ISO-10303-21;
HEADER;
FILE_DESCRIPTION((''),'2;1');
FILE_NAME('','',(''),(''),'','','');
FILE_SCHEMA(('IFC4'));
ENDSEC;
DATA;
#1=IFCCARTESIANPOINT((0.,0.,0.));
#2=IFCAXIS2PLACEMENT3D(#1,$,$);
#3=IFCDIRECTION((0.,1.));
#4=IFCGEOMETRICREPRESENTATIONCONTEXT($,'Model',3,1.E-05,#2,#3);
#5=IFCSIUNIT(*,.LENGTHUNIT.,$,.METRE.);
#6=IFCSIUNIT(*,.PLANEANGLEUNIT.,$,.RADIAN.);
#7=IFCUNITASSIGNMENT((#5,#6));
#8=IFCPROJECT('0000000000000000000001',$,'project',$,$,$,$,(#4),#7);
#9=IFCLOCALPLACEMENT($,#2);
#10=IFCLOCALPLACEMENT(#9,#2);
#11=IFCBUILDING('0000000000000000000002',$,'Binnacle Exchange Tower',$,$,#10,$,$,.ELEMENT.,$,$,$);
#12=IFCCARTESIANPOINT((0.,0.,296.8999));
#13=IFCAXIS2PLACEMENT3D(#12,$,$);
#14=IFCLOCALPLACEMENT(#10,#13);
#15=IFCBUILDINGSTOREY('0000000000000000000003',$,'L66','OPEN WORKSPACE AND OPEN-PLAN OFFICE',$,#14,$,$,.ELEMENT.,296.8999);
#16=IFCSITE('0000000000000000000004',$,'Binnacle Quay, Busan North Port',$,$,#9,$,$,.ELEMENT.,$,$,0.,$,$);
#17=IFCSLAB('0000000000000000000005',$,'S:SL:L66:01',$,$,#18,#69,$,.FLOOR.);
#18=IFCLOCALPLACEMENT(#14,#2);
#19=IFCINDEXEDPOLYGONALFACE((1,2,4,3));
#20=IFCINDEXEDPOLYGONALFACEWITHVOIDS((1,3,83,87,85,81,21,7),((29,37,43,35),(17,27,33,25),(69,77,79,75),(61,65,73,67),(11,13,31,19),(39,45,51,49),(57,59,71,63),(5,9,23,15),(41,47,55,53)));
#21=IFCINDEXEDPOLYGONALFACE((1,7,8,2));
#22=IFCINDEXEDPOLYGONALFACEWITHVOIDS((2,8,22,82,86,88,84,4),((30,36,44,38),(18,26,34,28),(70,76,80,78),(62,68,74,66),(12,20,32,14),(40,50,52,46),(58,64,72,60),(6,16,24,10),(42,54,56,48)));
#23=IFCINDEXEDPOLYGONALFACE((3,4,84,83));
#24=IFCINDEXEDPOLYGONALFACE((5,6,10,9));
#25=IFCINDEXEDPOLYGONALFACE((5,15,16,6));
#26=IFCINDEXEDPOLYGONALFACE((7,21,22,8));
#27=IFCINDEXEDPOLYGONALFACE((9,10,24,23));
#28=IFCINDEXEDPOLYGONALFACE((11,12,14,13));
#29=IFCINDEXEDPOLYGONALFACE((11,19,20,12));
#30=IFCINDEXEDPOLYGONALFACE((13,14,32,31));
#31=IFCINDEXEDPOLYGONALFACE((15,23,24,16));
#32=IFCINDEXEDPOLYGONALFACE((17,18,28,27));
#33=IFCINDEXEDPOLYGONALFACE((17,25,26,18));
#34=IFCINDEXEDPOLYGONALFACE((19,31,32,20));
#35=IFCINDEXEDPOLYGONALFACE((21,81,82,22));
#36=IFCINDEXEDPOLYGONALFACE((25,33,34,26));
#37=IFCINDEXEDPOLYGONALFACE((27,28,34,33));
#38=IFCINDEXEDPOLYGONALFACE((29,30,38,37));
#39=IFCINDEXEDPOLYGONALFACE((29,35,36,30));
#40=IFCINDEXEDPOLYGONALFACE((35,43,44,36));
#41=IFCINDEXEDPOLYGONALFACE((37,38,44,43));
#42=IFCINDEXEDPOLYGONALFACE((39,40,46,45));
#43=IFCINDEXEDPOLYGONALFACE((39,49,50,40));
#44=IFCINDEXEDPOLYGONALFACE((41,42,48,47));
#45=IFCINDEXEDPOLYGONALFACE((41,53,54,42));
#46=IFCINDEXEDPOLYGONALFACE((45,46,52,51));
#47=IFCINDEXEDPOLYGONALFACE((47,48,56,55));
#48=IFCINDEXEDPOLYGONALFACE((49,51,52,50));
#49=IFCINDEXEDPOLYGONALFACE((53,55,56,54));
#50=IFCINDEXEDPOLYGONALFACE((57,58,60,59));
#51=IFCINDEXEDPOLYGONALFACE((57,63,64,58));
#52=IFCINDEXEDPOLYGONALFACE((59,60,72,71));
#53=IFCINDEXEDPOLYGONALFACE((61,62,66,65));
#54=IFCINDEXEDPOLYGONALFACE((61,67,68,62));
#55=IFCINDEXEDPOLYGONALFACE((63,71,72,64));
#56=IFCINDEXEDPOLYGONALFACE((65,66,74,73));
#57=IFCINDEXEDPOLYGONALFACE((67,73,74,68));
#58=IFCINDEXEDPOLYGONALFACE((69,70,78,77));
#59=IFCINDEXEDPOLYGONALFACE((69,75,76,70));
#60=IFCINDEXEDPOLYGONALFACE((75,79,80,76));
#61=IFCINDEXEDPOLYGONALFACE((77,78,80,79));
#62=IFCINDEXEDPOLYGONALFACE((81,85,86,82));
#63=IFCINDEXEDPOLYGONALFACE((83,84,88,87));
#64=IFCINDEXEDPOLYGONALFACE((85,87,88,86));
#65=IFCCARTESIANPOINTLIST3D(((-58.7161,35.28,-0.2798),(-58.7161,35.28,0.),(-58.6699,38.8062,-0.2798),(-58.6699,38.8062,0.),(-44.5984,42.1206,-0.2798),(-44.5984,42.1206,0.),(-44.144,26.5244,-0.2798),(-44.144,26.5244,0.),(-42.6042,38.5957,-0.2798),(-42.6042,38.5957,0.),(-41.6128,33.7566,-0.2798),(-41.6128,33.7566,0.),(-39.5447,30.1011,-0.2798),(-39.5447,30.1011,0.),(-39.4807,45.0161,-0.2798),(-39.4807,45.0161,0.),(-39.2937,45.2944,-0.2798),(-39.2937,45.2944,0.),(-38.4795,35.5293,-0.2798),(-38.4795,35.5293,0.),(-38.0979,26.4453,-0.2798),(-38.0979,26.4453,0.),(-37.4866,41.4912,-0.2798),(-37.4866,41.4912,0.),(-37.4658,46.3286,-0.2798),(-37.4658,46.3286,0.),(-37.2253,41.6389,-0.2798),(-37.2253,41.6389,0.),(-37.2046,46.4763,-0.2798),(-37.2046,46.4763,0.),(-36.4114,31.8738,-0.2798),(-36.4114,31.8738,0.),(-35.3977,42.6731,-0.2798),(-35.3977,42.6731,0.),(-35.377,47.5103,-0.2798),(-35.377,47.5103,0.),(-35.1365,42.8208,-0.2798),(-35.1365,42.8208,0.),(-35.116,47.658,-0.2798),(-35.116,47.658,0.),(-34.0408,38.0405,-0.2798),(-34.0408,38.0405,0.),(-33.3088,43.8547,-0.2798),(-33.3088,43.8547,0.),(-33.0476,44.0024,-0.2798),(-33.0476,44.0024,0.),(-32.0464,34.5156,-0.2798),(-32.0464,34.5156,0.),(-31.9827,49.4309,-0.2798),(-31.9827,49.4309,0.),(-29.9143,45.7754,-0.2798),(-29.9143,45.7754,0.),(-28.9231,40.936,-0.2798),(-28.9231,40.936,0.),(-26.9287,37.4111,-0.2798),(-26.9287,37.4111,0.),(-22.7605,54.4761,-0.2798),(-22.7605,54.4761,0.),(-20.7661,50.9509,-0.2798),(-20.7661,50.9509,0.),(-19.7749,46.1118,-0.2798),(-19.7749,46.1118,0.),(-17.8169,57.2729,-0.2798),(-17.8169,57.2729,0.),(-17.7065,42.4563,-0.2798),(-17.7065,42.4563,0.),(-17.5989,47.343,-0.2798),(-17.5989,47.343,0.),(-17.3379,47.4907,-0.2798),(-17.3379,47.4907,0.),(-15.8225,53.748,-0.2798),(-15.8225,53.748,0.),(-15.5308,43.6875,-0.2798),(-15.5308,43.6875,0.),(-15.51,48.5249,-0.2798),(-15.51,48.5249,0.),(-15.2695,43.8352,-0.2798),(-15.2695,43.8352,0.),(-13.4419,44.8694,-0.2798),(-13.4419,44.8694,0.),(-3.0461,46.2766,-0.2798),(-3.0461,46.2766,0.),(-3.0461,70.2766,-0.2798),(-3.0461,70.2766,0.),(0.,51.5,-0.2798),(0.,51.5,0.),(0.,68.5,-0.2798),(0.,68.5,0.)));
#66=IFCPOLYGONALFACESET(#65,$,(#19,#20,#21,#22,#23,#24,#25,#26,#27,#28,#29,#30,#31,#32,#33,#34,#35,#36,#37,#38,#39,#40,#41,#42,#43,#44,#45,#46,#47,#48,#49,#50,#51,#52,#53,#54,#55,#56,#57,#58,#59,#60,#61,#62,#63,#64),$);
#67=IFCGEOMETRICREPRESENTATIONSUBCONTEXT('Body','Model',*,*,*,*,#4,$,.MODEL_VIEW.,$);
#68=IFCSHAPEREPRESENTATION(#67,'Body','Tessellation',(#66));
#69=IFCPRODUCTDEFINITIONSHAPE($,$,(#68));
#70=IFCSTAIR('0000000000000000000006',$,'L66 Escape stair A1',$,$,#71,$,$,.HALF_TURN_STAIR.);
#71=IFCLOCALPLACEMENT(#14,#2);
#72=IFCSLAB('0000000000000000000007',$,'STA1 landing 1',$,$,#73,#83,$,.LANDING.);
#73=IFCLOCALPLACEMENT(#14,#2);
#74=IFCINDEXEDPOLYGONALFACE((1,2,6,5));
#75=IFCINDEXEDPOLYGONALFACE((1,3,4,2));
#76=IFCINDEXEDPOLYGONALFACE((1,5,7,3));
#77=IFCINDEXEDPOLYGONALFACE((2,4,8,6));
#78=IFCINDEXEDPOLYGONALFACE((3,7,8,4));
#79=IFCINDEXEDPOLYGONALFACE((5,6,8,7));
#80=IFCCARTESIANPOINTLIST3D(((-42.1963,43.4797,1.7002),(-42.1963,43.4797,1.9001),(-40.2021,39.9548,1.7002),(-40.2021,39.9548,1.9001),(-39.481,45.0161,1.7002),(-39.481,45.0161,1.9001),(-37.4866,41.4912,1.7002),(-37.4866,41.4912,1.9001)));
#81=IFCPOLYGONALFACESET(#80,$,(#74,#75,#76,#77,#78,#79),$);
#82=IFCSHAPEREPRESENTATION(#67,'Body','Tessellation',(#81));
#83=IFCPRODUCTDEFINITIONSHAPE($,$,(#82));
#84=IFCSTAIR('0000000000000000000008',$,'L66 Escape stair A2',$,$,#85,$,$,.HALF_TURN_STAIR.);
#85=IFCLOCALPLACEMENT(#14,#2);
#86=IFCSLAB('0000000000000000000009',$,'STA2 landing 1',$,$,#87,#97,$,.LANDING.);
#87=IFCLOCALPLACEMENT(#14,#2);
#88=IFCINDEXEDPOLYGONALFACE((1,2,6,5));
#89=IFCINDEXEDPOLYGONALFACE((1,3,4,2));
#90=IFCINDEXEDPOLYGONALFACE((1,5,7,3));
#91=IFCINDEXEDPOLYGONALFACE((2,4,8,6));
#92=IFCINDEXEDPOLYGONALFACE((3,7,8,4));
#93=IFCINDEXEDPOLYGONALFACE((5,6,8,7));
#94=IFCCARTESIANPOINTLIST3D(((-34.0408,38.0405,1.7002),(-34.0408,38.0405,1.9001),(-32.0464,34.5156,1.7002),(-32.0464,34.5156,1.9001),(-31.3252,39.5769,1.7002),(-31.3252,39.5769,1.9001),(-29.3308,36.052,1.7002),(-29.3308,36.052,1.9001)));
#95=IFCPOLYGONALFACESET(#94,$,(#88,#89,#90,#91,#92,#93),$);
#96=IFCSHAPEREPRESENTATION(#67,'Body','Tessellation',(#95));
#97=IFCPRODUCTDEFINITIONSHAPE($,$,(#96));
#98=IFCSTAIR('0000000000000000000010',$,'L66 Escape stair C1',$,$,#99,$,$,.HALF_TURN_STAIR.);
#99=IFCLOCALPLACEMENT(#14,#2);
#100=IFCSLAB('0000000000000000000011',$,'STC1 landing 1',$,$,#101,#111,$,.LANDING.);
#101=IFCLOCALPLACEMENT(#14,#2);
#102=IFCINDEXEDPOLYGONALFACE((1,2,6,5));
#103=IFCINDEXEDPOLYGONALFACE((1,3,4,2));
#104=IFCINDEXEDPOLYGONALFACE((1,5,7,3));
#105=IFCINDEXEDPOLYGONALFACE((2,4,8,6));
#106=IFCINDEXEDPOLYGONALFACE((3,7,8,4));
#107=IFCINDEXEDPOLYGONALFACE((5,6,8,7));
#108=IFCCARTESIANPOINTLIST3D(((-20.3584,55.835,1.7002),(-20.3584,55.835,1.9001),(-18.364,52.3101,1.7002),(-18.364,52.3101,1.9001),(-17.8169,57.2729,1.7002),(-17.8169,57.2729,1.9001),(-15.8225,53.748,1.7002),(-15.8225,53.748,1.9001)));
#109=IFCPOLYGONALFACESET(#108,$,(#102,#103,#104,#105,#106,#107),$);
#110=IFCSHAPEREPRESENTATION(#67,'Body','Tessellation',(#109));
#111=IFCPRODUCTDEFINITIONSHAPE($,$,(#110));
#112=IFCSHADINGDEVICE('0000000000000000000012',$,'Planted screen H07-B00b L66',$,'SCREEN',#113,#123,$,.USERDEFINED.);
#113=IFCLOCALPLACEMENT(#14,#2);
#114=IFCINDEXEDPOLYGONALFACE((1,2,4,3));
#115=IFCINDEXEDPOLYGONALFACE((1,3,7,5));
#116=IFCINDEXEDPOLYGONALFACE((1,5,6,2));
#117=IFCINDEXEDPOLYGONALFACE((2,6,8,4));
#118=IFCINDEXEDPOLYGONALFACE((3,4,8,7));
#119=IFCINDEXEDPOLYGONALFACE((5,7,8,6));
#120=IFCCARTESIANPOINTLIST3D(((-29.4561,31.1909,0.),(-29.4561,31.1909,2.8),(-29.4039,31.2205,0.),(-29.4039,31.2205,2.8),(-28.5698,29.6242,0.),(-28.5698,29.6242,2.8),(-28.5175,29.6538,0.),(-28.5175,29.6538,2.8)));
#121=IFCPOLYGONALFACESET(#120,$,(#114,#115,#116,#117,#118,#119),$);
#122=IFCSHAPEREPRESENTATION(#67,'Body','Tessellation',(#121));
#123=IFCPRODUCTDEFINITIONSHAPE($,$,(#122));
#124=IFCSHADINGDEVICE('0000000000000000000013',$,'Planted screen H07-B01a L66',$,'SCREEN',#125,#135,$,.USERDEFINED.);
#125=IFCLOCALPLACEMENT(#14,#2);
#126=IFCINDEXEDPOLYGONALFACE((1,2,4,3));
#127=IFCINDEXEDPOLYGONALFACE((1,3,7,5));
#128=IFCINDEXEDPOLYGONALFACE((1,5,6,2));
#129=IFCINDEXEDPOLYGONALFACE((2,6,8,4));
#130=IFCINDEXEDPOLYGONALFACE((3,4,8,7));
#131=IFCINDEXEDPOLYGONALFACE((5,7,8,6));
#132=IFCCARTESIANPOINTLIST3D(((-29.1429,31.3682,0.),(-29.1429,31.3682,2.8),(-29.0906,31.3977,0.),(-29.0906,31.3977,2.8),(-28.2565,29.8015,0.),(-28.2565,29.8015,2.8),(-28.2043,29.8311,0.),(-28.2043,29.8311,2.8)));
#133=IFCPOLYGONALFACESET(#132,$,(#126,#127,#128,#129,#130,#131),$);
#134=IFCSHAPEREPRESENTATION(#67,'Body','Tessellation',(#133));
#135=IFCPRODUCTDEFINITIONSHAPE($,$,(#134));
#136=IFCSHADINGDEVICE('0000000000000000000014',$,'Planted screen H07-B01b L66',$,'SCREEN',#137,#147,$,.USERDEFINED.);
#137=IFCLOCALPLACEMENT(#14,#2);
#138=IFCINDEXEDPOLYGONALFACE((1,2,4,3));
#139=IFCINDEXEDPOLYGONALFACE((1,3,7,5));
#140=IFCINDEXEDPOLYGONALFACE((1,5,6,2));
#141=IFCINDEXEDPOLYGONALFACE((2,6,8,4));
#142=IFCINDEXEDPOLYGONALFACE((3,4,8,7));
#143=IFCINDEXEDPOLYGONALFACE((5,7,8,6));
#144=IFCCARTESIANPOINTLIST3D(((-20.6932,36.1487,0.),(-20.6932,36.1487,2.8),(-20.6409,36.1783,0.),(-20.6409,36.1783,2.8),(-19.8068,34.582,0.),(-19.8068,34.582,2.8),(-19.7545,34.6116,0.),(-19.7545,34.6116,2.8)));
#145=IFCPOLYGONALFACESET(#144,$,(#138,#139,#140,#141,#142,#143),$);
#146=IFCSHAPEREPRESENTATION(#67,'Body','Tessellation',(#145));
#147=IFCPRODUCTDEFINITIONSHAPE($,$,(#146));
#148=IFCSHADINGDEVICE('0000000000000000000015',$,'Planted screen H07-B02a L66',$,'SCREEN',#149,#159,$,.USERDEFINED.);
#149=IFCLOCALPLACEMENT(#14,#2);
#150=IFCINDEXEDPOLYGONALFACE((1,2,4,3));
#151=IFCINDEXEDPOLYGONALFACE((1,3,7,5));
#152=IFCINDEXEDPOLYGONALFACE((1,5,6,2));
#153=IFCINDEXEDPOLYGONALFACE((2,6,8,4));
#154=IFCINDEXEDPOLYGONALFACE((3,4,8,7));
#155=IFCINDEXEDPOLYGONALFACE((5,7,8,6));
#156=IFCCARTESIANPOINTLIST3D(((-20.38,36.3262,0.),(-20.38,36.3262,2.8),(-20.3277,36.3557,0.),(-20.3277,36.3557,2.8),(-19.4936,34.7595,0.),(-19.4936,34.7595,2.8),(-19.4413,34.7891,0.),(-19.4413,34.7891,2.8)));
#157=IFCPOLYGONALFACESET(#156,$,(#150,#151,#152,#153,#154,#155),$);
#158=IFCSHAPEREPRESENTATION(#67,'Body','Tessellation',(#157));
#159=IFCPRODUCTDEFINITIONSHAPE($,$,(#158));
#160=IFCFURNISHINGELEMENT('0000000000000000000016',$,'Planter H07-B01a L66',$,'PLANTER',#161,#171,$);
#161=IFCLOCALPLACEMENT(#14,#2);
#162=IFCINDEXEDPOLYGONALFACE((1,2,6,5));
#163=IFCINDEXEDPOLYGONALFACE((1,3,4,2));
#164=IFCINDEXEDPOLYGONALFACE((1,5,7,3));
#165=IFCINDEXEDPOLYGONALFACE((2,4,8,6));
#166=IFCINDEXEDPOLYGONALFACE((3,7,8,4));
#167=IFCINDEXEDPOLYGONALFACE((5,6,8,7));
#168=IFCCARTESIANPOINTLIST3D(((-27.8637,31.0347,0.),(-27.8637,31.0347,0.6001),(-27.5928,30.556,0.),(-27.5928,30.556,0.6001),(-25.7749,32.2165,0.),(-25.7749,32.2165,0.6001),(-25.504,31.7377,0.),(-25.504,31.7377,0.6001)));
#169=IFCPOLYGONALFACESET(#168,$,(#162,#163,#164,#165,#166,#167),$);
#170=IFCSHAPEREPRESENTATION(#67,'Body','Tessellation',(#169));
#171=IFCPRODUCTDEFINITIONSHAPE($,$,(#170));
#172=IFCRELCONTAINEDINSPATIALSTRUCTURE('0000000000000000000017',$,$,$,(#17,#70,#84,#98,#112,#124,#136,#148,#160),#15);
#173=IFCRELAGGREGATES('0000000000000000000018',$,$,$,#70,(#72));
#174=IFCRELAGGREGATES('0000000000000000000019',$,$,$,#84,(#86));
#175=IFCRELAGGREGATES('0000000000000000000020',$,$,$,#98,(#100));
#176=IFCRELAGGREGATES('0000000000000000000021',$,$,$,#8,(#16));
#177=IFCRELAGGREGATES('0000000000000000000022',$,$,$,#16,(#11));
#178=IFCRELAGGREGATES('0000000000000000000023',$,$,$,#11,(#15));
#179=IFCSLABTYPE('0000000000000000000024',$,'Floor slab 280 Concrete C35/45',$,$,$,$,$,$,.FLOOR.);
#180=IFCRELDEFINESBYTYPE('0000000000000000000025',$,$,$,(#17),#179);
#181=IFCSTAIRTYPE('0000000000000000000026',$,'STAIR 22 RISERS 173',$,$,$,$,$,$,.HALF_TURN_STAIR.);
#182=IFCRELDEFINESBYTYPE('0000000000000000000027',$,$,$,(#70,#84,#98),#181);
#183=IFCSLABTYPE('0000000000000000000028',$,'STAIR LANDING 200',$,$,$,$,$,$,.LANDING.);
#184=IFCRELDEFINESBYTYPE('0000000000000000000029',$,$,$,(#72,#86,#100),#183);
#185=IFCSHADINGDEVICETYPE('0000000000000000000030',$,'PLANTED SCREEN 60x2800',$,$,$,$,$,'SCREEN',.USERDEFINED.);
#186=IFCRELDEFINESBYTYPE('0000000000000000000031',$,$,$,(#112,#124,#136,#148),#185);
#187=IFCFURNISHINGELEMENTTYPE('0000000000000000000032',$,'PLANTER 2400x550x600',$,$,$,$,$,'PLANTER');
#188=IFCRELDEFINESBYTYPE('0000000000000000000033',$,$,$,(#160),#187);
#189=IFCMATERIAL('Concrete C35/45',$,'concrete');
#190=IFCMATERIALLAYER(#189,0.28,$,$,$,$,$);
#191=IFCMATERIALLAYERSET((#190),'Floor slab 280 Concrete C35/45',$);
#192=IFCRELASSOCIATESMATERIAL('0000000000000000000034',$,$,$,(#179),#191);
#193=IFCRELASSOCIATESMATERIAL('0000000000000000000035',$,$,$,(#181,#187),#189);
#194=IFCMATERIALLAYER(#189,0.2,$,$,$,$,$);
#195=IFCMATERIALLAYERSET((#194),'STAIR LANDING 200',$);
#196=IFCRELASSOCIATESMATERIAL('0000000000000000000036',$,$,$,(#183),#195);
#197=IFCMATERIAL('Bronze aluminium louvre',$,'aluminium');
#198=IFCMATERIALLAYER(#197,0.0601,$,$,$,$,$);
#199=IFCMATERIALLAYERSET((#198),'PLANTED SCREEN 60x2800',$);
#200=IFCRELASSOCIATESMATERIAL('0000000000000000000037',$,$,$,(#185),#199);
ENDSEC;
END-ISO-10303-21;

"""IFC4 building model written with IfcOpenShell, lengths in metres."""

from ifc_helpers import new_model, si_unit, direction, frame, origin, origin_2d, place, context, subcontext, project, spatial, polyline, rectangle, outline, extrude, material, layer, layer_set, type_object, element, aggregate, save


model = new_model("IFC4")

# Units and contexts
model_context = context("Model", 3, precision=1e-05, world=origin(), true_north=direction((0.0, 1.0)))
body_context = subcontext(model_context, "Body", "Model", "MODEL_VIEW")
ifc_project = project(units=[si_unit("LENGTHUNIT", "METRE"), si_unit("PLANEANGLEUNIT", "RADIAN")], contexts=[model_context])

# Site, building, storey
site_placement = place(None, origin())
site = spatial("IfcSite", under=ifc_project, at=site_placement, Name="Binnacle Quay, Busan North Port", CompositionType="ELEMENT", RefElevation=0.0)
building_placement = place(site_placement, origin())
building = spatial("IfcBuilding", under=site, at=building_placement, Name="Binnacle Exchange Tower", CompositionType="ELEMENT")
storey_placement = place(building_placement, frame((0.0, 0.0, 296.8999)))
storey = spatial("IfcBuildingStorey", under=building, at=storey_placement, Name="L66", Description="OPEN WORKSPACE AND OPEN-PLAN OFFICE", CompositionType="ELEMENT", Elevation=296.8999)

# Slab
ifc_material_1 = material(Name="Concrete C35/45", Category="concrete")
ifc_layer_1 = layer(ifc_material_1, 0.28)
ifc_layer_set_1 = layer_set([ifc_layer_1], Name="Floor slab 280 Concrete C35/45")
slab_type_1 = type_object("IfcSlabType", Name="Floor slab 280 Concrete C35/45", PredefinedType="FLOOR", material=ifc_layer_set_1)
slab_1_placement = place(storey_placement, frame((0.0, 0.0, -0.2798)))
element("IfcSlab", 1, at=slab_1_placement, inside=storey, type_object=slab_type_1, Name="S:SL:L66:01", PredefinedType="FLOOR", context=body_context, shape_type="SweptSolid", body=[
    extrude(outline(polyline([(-38.0979, 26.4453), (-44.144, 26.5244), (-58.7161, 35.28), (-58.6699, 38.8062), (-3.0461, 70.2766), (0.0, 68.5), (0.0, 51.5), (-3.0461, 46.2766), (-38.0979, 26.4453)]), holes=[polyline([(-38.4795, 35.5293), (-41.6128, 33.7566), (-39.5447, 30.1011), (-36.4114, 31.8738), (-38.4795, 35.5293)]), polyline([(-32.0464, 34.5156), (-26.9287, 37.4111), (-28.9231, 40.936), (-34.0408, 38.0405), (-32.0464, 34.5156)]), polyline([(-39.4807, 45.0161), (-44.5984, 42.1206), (-42.6042, 38.5957), (-37.4866, 41.4912), (-39.4807, 45.0161)]), polyline([(-37.4658, 46.3286), (-39.2937, 45.2944), (-37.2253, 41.6389), (-35.3977, 42.6731), (-37.4658, 46.3286)]), polyline([(-17.5989, 47.343), (-19.7749, 46.1118), (-17.7065, 42.4563), (-15.5308, 43.6875), (-17.5989, 47.343)]), polyline([(-35.377, 47.5103), (-37.2046, 46.4763), (-35.1365, 42.8208), (-33.3088, 43.8547), (-35.377, 47.5103)]), polyline([(-15.51, 48.5249), (-17.3379, 47.4907), (-15.2695, 43.8352), (-13.4419, 44.8694), (-15.51, 48.5249)]), polyline([(-29.9143, 45.7754), (-31.9827, 49.4309), (-35.116, 47.658), (-33.0476, 44.0024), (-29.9143, 45.7754)]), polyline([(-15.8225, 53.748), (-17.8169, 57.2729), (-22.7605, 54.4761), (-20.7661, 50.9509), (-15.8225, 53.748)])]), origin(), (0.0, 0.0, 1.0), 0.2798),
])

# Stairs, slabs
stair_type = type_object("IfcStairType", Name="STAIR 22 RISERS 173", PredefinedType="HALF_TURN_STAIR", material=ifc_material_1)
stair_1_placement = place(storey_placement, origin())
stair_1 = element("IfcStair", 2, at=stair_1_placement, inside=storey, type_object=stair_type, Name="L66 Escape stair A1", PredefinedType="HALF_TURN_STAIR")
ifc_layer_2 = layer(ifc_material_1, 0.2)
ifc_layer_set_2 = layer_set([ifc_layer_2], Name="STAIR LANDING 200")
slab_type_2 = type_object("IfcSlabType", Name="STAIR LANDING 200", PredefinedType="LANDING", material=ifc_layer_set_2)
slab_2_placement = place(storey_placement, frame((0.0, 0.0, 1.7002)))
slab_2 = element("IfcSlab", 3, at=slab_2_placement, type_object=slab_type_2, Name="STA1 landing 1", PredefinedType="LANDING", context=body_context, shape_type="SweptSolid", body=[
    extrude(outline(polyline([(-40.2021, 39.9548), (-37.4866, 41.4912), (-39.481, 45.0161), (-42.1963, 43.4797), (-40.2021, 39.9548)])), origin(), (0.0, 0.0, 1.0), 0.2),
])
aggregate(stair_1, [slab_2])
stair_2_placement = place(storey_placement, origin())
stair_2 = element("IfcStair", 4, at=stair_2_placement, inside=storey, type_object=stair_type, Name="L66 Escape stair A2", PredefinedType="HALF_TURN_STAIR")
slab_3_placement = place(storey_placement, frame((0.0, 0.0, 1.7002)))
slab_3 = element("IfcSlab", 5, at=slab_3_placement, type_object=slab_type_2, Name="STA2 landing 1", PredefinedType="LANDING", context=body_context, shape_type="SweptSolid", body=[
    extrude(outline(polyline([(-31.3252, 39.5769), (-34.0408, 38.0405), (-32.0464, 34.5156), (-29.3308, 36.052), (-31.3252, 39.5769)])), origin(), (0.0, 0.0, 1.0), 0.2),
])
aggregate(stair_2, [slab_3])
stair_3_placement = place(storey_placement, origin())
stair_3 = element("IfcStair", 6, at=stair_3_placement, inside=storey, type_object=stair_type, Name="L66 Escape stair C1", PredefinedType="HALF_TURN_STAIR")
slab_4_placement = place(storey_placement, frame((0.0, 0.0, 1.7002)))
slab_4 = element("IfcSlab", 7, at=slab_4_placement, type_object=slab_type_2, Name="STC1 landing 1", PredefinedType="LANDING", context=body_context, shape_type="SweptSolid", body=[
    extrude(outline(polyline([(-18.364, 52.3101), (-15.8225, 53.748), (-17.8169, 57.2729), (-20.3584, 55.835), (-18.364, 52.3101)])), origin(), (0.0, 0.0, 1.0), 0.2),
])
aggregate(stair_3, [slab_4])

# Shading devices
ifc_material_2 = material(Name="Bronze aluminium louvre", Category="aluminium")
ifc_layer_3 = layer(ifc_material_2, 0.0601)
ifc_layer_set_3 = layer_set([ifc_layer_3], Name="PLANTED SCREEN 60x2800")
shading_device_type = type_object("IfcShadingDeviceType", Name="PLANTED SCREEN 60x2800", ElementType="SCREEN", PredefinedType="USERDEFINED", material=ifc_layer_set_3)
for number, where, z_axis, x_axis, name in (
    (8, (-28.9868, 30.4224, 0.0), (0.0, 0.0, 1.0), (0.870356, 0.492424, 0.0), "Planted screen H07-B00b L66"),
    (9, (-28.6736, 30.5996, 0.0), (0.0, 0.0, 1.0), (0.870356, 0.492424, 0.0), "Planted screen H07-B01a L66"),
    (10, (-20.2239, 35.3801, 0.0), (0.0, 0.0, 1.0), (0.870356, 0.492424, 0.0), "Planted screen H07-B01b L66"),
    (11, (-19.9106, 35.5576, 0.0), (0.0, 0.0, 1.0), (0.870356, 0.492424, 0.0), "Planted screen H07-B02a L66"),
):
    element("IfcShadingDevice", number, at=place(storey_placement, frame(where, z_axis=z_axis, x_axis=x_axis)), inside=storey, type_object=shading_device_type, Name=name, ObjectType="SCREEN", PredefinedType="USERDEFINED", context=body_context, shape_type="SweptSolid", body=[
        extrude(rectangle(XDim=0.0601, YDim=1.8, at=origin_2d()), origin(), (0.0, 0.0, 1.0), 2.8),
    ])

# Furnishing element
furnishing_element_type = type_object("IfcFurnishingElementType", Name="PLANTER 2400x550x600", ElementType="PLANTER", material=ifc_material_1)
furnishing_placement = place(storey_placement, frame((-26.6838, 31.3862, 0.0), z_axis=(0.0, 0.0, 1.0), x_axis=(0.870356, 0.492424, 0.0)))
element("IfcFurnishingElement", 12, at=furnishing_placement, inside=storey, type_object=furnishing_element_type, Name="Planter H07-B01a L66", ObjectType="PLANTER", context=body_context, shape_type="SweptSolid", body=[
    extrude(rectangle(XDim=2.3999, YDim=0.55, at=origin_2d()), origin(), (0.0, 0.0, 1.0), 0.6001),
])

save(model, "model.ifc")
